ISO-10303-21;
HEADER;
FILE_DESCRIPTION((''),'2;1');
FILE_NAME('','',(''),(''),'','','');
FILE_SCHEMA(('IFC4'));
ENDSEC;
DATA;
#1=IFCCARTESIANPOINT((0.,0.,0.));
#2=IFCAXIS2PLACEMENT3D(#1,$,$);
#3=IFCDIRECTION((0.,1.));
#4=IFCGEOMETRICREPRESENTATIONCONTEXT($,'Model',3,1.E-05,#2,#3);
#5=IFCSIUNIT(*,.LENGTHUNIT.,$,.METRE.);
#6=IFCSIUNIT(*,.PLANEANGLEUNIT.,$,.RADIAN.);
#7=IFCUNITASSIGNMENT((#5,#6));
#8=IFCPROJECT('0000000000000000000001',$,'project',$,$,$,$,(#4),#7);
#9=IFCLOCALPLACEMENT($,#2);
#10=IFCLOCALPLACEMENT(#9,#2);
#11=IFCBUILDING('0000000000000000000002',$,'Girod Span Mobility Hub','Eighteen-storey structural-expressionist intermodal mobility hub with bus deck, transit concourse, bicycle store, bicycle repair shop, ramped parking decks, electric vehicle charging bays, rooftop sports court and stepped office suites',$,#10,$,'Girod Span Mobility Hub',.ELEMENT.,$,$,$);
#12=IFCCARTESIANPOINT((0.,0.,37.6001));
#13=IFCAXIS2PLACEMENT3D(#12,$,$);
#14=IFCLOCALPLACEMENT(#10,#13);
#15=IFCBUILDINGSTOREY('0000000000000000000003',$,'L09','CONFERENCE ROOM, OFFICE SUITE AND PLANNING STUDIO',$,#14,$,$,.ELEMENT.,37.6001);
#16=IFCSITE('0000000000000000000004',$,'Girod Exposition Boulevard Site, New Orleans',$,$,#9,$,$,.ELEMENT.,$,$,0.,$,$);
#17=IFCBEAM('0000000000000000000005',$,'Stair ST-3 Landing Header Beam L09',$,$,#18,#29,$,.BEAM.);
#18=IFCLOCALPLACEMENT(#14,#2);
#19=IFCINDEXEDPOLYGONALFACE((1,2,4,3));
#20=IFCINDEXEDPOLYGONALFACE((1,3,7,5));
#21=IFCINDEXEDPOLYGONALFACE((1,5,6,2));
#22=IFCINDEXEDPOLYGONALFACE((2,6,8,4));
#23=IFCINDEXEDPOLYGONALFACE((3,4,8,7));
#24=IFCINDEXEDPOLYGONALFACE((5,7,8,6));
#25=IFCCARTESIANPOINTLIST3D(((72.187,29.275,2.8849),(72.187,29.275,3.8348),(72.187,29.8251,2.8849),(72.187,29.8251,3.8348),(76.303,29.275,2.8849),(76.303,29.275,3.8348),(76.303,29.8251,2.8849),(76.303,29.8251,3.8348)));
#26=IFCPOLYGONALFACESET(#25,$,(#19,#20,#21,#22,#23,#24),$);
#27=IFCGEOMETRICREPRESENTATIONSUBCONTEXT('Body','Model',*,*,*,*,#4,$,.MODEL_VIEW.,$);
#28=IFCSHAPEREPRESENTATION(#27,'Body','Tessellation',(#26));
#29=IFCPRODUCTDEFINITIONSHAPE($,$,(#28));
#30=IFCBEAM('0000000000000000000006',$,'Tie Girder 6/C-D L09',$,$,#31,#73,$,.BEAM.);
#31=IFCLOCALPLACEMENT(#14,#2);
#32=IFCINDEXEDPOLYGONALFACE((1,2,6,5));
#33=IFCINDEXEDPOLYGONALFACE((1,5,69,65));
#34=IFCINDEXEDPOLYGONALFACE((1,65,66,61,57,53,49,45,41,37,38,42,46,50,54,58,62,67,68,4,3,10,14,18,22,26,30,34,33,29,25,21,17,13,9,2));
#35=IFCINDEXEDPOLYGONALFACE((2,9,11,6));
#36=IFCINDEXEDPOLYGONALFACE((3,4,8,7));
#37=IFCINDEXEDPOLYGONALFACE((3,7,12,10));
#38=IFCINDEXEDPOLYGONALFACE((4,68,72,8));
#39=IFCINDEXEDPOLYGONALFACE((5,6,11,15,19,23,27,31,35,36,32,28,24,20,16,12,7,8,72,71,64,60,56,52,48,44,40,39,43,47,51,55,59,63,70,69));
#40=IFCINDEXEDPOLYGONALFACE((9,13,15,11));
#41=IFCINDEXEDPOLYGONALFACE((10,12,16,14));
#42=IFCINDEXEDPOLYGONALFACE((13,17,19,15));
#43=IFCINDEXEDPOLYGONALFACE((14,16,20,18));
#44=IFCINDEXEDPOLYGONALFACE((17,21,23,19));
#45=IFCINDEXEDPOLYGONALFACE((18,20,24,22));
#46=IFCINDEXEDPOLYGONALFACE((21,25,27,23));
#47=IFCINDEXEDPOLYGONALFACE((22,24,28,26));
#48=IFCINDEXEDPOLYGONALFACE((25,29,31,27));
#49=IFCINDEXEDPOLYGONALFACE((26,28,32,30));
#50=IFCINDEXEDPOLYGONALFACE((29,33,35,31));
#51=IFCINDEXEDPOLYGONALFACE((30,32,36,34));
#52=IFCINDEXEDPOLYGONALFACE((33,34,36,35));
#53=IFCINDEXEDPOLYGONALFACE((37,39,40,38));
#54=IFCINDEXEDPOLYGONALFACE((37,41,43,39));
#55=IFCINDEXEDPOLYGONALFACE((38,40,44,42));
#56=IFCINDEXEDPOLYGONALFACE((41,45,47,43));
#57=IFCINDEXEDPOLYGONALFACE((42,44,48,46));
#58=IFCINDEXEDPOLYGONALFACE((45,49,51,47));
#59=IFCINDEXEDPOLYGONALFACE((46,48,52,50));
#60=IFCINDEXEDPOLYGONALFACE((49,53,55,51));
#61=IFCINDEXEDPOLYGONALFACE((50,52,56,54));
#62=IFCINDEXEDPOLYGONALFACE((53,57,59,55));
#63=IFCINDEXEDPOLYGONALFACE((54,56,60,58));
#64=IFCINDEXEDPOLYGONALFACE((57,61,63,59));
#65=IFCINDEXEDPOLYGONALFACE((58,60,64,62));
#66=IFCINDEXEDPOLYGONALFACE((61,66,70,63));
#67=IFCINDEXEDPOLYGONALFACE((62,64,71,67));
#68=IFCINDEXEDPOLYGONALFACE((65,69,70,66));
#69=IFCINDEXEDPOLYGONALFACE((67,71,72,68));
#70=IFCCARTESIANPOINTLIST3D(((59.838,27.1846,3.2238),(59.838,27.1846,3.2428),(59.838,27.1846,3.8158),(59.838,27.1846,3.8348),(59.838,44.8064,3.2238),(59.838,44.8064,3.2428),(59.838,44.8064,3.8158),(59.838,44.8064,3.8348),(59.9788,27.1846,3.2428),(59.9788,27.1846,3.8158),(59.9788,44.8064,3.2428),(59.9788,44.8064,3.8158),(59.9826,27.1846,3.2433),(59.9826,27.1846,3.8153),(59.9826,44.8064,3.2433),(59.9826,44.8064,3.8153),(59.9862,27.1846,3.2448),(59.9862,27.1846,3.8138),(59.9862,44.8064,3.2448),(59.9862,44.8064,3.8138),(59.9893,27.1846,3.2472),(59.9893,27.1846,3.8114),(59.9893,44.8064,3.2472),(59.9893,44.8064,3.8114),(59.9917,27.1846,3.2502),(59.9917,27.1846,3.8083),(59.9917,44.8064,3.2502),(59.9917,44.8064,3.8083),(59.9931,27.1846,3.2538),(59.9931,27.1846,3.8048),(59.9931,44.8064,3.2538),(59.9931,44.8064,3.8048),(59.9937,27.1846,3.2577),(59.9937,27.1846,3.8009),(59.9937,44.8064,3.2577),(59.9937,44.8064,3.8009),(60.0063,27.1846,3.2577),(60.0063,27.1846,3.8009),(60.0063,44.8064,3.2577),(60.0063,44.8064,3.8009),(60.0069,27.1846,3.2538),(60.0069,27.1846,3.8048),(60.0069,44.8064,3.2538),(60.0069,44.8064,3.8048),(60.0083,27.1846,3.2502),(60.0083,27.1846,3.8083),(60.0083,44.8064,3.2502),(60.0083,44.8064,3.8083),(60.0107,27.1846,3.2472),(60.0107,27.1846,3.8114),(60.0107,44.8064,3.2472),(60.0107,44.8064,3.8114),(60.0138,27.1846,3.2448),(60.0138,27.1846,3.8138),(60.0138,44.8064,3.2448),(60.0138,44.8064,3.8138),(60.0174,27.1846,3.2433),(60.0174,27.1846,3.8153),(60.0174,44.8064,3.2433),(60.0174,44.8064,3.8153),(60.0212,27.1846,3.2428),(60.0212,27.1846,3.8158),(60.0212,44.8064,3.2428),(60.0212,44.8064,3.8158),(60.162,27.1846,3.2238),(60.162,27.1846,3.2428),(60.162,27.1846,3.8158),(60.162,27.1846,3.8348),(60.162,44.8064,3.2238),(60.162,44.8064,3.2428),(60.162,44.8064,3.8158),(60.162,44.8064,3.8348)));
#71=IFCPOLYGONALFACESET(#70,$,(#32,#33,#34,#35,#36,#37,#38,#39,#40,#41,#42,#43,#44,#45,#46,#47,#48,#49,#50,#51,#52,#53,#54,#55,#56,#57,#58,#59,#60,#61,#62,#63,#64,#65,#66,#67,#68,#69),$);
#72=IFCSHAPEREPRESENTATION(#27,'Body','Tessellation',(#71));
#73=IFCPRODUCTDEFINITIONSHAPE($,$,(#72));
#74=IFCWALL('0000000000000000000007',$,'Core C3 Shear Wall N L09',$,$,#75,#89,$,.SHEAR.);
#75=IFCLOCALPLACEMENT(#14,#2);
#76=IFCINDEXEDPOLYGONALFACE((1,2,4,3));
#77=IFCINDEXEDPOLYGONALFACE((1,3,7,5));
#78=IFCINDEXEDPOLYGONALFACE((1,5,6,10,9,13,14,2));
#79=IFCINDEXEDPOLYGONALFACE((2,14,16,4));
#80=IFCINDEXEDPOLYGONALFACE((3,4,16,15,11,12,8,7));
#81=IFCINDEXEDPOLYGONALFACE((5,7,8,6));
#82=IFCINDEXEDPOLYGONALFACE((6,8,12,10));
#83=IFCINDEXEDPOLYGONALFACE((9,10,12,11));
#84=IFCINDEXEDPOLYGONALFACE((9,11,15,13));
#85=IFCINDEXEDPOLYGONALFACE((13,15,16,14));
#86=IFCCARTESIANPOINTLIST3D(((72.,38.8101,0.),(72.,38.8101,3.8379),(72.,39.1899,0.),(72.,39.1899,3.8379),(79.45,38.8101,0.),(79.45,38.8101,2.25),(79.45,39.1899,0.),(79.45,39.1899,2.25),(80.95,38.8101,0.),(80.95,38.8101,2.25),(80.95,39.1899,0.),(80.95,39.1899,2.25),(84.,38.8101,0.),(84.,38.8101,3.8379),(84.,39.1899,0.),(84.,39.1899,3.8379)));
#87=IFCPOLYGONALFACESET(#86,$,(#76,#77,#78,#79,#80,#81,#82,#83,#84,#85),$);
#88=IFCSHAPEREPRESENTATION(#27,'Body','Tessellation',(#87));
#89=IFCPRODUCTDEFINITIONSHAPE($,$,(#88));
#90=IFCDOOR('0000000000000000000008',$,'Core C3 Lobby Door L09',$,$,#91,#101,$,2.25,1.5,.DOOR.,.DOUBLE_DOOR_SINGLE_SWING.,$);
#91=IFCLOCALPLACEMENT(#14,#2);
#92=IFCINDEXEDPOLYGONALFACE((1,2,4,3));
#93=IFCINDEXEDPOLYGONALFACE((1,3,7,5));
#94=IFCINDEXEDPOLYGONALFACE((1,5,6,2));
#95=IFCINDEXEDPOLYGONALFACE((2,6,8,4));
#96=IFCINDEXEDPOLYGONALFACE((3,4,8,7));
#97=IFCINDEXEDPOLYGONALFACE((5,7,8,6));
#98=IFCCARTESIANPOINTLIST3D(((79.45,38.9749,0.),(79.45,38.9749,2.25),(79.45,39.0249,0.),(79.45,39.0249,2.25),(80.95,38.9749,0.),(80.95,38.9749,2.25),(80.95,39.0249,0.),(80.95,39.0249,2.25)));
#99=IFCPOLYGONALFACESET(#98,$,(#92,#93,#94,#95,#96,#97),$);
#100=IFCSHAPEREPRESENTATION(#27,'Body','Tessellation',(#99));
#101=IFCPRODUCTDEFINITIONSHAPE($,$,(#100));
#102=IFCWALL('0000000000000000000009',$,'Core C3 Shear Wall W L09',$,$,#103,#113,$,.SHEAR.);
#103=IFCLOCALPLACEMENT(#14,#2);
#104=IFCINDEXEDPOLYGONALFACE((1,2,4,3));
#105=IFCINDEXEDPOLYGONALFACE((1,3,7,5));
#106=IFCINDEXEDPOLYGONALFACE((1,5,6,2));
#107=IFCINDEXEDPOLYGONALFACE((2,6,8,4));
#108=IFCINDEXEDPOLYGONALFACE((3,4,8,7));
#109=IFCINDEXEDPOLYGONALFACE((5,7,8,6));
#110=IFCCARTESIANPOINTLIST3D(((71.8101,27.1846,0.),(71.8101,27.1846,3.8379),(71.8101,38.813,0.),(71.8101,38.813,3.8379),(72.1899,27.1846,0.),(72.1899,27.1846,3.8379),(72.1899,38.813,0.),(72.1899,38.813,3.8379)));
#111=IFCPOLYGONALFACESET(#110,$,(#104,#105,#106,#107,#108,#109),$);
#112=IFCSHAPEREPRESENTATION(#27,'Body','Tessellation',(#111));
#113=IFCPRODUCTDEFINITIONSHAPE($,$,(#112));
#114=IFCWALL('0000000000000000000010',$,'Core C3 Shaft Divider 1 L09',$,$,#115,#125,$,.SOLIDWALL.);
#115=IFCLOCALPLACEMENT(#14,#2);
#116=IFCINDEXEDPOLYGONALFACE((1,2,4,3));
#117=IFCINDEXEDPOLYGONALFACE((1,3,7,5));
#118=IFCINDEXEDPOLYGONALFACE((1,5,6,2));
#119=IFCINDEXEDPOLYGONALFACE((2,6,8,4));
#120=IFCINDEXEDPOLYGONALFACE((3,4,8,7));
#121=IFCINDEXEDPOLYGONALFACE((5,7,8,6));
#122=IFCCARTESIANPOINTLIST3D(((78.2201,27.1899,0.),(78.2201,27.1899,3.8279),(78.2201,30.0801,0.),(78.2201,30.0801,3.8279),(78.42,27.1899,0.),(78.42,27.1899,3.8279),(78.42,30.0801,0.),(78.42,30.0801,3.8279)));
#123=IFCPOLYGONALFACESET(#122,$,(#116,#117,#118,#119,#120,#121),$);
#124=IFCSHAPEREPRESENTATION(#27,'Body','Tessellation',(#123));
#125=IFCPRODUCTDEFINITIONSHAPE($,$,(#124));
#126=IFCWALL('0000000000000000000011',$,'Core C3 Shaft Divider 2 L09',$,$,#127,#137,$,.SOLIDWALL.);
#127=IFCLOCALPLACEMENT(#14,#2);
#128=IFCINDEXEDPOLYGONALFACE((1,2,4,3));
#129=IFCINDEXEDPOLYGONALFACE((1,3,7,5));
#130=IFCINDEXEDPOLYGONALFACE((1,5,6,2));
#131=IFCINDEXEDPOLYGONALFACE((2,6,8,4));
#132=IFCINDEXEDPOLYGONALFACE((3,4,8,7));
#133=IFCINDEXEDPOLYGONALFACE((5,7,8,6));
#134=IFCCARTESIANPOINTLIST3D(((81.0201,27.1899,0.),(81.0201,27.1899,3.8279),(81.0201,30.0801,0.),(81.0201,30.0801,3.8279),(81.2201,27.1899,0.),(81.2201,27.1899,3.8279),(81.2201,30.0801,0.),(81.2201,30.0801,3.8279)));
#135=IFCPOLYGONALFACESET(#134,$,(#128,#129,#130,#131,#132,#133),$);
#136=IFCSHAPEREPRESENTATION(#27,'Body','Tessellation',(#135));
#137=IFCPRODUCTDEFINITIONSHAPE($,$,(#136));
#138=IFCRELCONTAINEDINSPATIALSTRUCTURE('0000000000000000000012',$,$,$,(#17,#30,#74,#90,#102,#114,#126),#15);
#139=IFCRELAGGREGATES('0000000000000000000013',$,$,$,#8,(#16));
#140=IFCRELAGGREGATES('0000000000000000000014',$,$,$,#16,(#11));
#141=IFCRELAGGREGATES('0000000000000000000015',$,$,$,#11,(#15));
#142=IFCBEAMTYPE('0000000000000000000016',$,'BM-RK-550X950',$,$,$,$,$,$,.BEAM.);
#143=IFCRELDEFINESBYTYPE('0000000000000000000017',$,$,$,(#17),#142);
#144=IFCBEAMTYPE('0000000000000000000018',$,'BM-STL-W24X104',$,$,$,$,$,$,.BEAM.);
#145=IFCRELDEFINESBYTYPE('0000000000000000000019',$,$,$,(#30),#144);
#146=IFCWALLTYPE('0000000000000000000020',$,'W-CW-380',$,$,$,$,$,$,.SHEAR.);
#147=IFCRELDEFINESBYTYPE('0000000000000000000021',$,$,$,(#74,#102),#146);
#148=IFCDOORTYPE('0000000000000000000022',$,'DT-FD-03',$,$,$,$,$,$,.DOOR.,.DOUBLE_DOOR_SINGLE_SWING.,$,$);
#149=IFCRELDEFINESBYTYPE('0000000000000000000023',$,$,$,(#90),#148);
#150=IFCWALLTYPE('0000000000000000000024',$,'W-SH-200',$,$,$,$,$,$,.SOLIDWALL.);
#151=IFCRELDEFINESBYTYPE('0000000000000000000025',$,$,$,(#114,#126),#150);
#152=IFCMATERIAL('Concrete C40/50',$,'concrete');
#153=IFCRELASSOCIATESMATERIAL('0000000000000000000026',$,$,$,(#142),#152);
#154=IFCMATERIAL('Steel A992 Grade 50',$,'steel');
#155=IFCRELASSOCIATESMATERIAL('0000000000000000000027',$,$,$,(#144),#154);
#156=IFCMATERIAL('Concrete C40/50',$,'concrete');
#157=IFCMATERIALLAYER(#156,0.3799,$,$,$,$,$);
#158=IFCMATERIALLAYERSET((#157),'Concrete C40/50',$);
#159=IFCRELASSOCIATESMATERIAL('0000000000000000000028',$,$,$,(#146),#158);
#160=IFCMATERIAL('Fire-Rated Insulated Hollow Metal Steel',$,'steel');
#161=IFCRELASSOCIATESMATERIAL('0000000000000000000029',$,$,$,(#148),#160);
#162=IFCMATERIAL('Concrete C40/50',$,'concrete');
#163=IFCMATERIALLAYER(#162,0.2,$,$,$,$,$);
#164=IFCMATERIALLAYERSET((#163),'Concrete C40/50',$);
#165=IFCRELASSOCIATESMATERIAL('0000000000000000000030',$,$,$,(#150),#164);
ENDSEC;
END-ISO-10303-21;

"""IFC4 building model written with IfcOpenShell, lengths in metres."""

from ifc_helpers import new_model, si_unit, direction, frame, frame_2d, origin, origin_2d, place, context, subcontext, project, spatial, rectangle, i_section, extrude, material, layer, layer_set, material_profile, profile_set, type_object, element, fill, save


model = new_model("IFC4")

# Units and contexts
model_context = context("Model", 3, precision=1e-05, world=origin(), true_north=direction((0.0, 1.0)))
body_context = subcontext(model_context, "Body", "Model", "MODEL_VIEW")
ifc_project = project(units=[si_unit("LENGTHUNIT", "METRE"), si_unit("PLANEANGLEUNIT", "RADIAN")], contexts=[model_context])

# Site, building, storey
site_placement = place(None, origin())
site = spatial("IfcSite", under=ifc_project, at=site_placement, Name="Girod Exposition Boulevard Site, New Orleans", CompositionType="ELEMENT", RefElevation=0.0)
building_placement = place(site_placement, origin())
building = spatial("IfcBuilding", under=site, at=building_placement, Name="Girod Span Mobility Hub", Description="Eighteen-storey structural-expressionist intermodal mobility hub with bus deck, transit concourse, bicycle store, bicycle repair shop, ramped parking decks, electric vehicle charging bays, rooftop sports court and stepped office suites", LongName="Girod Span Mobility Hub", CompositionType="ELEMENT")
storey_placement = place(building_placement, frame((0.0, 0.0, 37.6001)))
storey = spatial("IfcBuildingStorey", under=building, at=storey_placement, Name="L09", Description="CONFERENCE ROOM, OFFICE SUITE AND PLANNING STUDIO", CompositionType="ELEMENT", Elevation=37.6001)

# Beams
ifc_material_1 = material(Name="Concrete C40/50", Category="concrete")
ifc_material_profile_1 = material_profile(ifc_material_1, rectangle(XDim=0.55, YDim=0.95, at=origin_2d()), Name="RK-550X950")
ifc_profile_set_1 = profile_set([ifc_material_profile_1], Name="Concrete C40/50")
beam_type_1 = type_object("IfcBeamType", Name="BM-RK-550X950", PredefinedType="BEAM", material=ifc_profile_set_1)
beam_1_placement = place(storey_placement, frame((72.187, 29.55, 3.3599), z_axis=(1.0, 0.0, 0.0), x_axis=(0.0, 1.0, 0.0)))
element("IfcBeam", 1, at=beam_1_placement, inside=storey, type_object=beam_type_1, Name="Stair ST-3 Landing Header Beam L09", PredefinedType="BEAM", context=body_context, shape_type="SweptSolid", body=[
    extrude(rectangle(XDim=0.55, YDim=0.95, at=origin_2d()), origin(), (0.0, 0.0, 1.0), 4.116),
])
ifc_material_2 = material(Name="Steel A992 Grade 50", Category="steel")
ifc_material_profile_2 = material_profile(ifc_material_2, i_section(OverallWidth=0.324, OverallDepth=0.6111, WebThickness=0.0127, FlangeThickness=0.019, FilletRadius=0.0149, at=origin_2d()), Name="W24X104")
ifc_profile_set_2 = profile_set([ifc_material_profile_2], Name="Steel A992 Grade 50")
beam_type_2 = type_object("IfcBeamType", Name="BM-STL-W24X104", PredefinedType="BEAM", material=ifc_profile_set_2)
beam_2_placement = place(storey_placement, frame((60.0, 27.1846, 3.5293), z_axis=(0.0, 1.0, 0.0), x_axis=(-1.0, 0.0, 0.0)))
element("IfcBeam", 2, at=beam_2_placement, inside=storey, type_object=beam_type_2, Name="Tie Girder 6/C-D L09", PredefinedType="BEAM", context=body_context, shape_type="SweptSolid", body=[
    extrude(i_section(OverallWidth=0.324, OverallDepth=0.6111, WebThickness=0.0127, FlangeThickness=0.019, FilletRadius=0.0149, at=origin_2d()), origin(), (0.0, 0.0, 1.0), 17.6218),
])

# Wall, opening, door
ifc_material_3 = material(Name="Concrete C40/50", Category="concrete")
ifc_layer_1 = layer(ifc_material_3, 0.3799)
ifc_layer_set_1 = layer_set([ifc_layer_1], Name="Concrete C40/50")
wall_type_1 = type_object("IfcWallType", Name="W-CW-380", PredefinedType="SHEAR", material=ifc_layer_set_1)
wall_1_placement = place(storey_placement, frame((72.0, 39.0, 0.0), z_axis=(0.0, 0.0, 1.0), x_axis=(1.0, 0.0, 0.0)))
wall_1 = element("IfcWall", 3, at=wall_1_placement, inside=storey, type_object=wall_type_1, Name="Core C3 Shear Wall N L09", PredefinedType="SHEAR", context=body_context, shape_type="SweptSolid", body=[
    extrude(rectangle(XDim=12.0, YDim=0.3799, at=frame_2d((6.0, 0.0))), origin(), (0.0, 0.0, 1.0), 3.8379),
])
opening_1_placement = place(wall_1_placement, frame((7.45, 0.0, 0.0)))
opening_1 = element("IfcOpeningElement", 4, at=opening_1_placement, cuts=wall_1, PredefinedType="OPENING", context=body_context, shape_type="SweptSolid", body=[
    extrude(rectangle(XDim=1.5, YDim=2.25, at=frame_2d((0.75, 1.125))), frame((0.0, 0.2048, 0.0), z_axis=(0.0, -1.0, 0.0), x_axis=(1.0, 0.0, 0.0)), (0.0, 0.0, 1.0), 0.4099),
])
ifc_material_4 = material(Name="Fire-Rated Insulated Hollow Metal Steel", Category="steel")
door_type_1 = type_object("IfcDoorType", Name="DT-FD-03", OperationType="DOUBLE_DOOR_SINGLE_SWING", PredefinedType="DOOR", material=ifc_material_4)
door_1_placement = place(opening_1_placement, origin())
door_1 = element("IfcDoor", 5, at=door_1_placement, inside=storey, type_object=door_type_1, Name="Core C3 Lobby Door L09", OperationType="DOUBLE_DOOR_SINGLE_SWING", OverallHeight=2.25, OverallWidth=1.5, PredefinedType="DOOR", context=body_context, shape_type="SweptSolid", body=[
    extrude(rectangle(XDim=1.5, YDim=2.25, at=frame_2d((0.75, 1.125))), frame((0.0, 0.0249, 0.0), z_axis=(0.0, -1.0, 0.0), x_axis=(1.0, 0.0, 0.0)), (0.0, 0.0, 1.0), 0.05),
])
fill(opening_1, door_1)

# Walls
wall_2_placement = place(storey_placement, frame((72.0, 27.1846, 0.0), z_axis=(0.0, 0.0, 1.0), x_axis=(0.0, 1.0, 0.0)))
element("IfcWall", 6, at=wall_2_placement, inside=storey, type_object=wall_type_1, Name="Core C3 Shear Wall W L09", PredefinedType="SHEAR", context=body_context, shape_type="SweptSolid", body=[
    extrude(rectangle(XDim=11.6284, YDim=0.3799, at=frame_2d((5.8142, 0.0))), origin(), (0.0, 0.0, 1.0), 3.8379),
])
ifc_material_5 = material(Name="Concrete C40/50", Category="concrete")
ifc_layer_2 = layer(ifc_material_5, 0.2)
ifc_layer_set_2 = layer_set([ifc_layer_2], Name="Concrete C40/50")
wall_type_2 = type_object("IfcWallType", Name="W-SH-200", PredefinedType="SOLIDWALL", material=ifc_layer_set_2)
for number, where, z_axis, x_axis, name in (
    (7, (78.3201, 27.1899, 0.0), (0.0, 0.0, 1.0), (0.0, 1.0, 0.0), "Core C3 Shaft Divider 1 L09"),
    (8, (81.1201, 27.1899, 0.0), (0.0, 0.0, 1.0), (0.0, 1.0, 0.0), "Core C3 Shaft Divider 2 L09"),
):
    element("IfcWall", number, at=place(storey_placement, frame(where, z_axis=z_axis, x_axis=x_axis)), inside=storey, type_object=wall_type_2, Name=name, PredefinedType="SOLIDWALL", context=body_context, shape_type="SweptSolid", body=[
        extrude(rectangle(XDim=2.8901, YDim=0.2, at=frame_2d((1.4451, 0.0))), origin(), (0.0, 0.0, 1.0), 3.8279),
    ])

save(model, "model.ifc")
